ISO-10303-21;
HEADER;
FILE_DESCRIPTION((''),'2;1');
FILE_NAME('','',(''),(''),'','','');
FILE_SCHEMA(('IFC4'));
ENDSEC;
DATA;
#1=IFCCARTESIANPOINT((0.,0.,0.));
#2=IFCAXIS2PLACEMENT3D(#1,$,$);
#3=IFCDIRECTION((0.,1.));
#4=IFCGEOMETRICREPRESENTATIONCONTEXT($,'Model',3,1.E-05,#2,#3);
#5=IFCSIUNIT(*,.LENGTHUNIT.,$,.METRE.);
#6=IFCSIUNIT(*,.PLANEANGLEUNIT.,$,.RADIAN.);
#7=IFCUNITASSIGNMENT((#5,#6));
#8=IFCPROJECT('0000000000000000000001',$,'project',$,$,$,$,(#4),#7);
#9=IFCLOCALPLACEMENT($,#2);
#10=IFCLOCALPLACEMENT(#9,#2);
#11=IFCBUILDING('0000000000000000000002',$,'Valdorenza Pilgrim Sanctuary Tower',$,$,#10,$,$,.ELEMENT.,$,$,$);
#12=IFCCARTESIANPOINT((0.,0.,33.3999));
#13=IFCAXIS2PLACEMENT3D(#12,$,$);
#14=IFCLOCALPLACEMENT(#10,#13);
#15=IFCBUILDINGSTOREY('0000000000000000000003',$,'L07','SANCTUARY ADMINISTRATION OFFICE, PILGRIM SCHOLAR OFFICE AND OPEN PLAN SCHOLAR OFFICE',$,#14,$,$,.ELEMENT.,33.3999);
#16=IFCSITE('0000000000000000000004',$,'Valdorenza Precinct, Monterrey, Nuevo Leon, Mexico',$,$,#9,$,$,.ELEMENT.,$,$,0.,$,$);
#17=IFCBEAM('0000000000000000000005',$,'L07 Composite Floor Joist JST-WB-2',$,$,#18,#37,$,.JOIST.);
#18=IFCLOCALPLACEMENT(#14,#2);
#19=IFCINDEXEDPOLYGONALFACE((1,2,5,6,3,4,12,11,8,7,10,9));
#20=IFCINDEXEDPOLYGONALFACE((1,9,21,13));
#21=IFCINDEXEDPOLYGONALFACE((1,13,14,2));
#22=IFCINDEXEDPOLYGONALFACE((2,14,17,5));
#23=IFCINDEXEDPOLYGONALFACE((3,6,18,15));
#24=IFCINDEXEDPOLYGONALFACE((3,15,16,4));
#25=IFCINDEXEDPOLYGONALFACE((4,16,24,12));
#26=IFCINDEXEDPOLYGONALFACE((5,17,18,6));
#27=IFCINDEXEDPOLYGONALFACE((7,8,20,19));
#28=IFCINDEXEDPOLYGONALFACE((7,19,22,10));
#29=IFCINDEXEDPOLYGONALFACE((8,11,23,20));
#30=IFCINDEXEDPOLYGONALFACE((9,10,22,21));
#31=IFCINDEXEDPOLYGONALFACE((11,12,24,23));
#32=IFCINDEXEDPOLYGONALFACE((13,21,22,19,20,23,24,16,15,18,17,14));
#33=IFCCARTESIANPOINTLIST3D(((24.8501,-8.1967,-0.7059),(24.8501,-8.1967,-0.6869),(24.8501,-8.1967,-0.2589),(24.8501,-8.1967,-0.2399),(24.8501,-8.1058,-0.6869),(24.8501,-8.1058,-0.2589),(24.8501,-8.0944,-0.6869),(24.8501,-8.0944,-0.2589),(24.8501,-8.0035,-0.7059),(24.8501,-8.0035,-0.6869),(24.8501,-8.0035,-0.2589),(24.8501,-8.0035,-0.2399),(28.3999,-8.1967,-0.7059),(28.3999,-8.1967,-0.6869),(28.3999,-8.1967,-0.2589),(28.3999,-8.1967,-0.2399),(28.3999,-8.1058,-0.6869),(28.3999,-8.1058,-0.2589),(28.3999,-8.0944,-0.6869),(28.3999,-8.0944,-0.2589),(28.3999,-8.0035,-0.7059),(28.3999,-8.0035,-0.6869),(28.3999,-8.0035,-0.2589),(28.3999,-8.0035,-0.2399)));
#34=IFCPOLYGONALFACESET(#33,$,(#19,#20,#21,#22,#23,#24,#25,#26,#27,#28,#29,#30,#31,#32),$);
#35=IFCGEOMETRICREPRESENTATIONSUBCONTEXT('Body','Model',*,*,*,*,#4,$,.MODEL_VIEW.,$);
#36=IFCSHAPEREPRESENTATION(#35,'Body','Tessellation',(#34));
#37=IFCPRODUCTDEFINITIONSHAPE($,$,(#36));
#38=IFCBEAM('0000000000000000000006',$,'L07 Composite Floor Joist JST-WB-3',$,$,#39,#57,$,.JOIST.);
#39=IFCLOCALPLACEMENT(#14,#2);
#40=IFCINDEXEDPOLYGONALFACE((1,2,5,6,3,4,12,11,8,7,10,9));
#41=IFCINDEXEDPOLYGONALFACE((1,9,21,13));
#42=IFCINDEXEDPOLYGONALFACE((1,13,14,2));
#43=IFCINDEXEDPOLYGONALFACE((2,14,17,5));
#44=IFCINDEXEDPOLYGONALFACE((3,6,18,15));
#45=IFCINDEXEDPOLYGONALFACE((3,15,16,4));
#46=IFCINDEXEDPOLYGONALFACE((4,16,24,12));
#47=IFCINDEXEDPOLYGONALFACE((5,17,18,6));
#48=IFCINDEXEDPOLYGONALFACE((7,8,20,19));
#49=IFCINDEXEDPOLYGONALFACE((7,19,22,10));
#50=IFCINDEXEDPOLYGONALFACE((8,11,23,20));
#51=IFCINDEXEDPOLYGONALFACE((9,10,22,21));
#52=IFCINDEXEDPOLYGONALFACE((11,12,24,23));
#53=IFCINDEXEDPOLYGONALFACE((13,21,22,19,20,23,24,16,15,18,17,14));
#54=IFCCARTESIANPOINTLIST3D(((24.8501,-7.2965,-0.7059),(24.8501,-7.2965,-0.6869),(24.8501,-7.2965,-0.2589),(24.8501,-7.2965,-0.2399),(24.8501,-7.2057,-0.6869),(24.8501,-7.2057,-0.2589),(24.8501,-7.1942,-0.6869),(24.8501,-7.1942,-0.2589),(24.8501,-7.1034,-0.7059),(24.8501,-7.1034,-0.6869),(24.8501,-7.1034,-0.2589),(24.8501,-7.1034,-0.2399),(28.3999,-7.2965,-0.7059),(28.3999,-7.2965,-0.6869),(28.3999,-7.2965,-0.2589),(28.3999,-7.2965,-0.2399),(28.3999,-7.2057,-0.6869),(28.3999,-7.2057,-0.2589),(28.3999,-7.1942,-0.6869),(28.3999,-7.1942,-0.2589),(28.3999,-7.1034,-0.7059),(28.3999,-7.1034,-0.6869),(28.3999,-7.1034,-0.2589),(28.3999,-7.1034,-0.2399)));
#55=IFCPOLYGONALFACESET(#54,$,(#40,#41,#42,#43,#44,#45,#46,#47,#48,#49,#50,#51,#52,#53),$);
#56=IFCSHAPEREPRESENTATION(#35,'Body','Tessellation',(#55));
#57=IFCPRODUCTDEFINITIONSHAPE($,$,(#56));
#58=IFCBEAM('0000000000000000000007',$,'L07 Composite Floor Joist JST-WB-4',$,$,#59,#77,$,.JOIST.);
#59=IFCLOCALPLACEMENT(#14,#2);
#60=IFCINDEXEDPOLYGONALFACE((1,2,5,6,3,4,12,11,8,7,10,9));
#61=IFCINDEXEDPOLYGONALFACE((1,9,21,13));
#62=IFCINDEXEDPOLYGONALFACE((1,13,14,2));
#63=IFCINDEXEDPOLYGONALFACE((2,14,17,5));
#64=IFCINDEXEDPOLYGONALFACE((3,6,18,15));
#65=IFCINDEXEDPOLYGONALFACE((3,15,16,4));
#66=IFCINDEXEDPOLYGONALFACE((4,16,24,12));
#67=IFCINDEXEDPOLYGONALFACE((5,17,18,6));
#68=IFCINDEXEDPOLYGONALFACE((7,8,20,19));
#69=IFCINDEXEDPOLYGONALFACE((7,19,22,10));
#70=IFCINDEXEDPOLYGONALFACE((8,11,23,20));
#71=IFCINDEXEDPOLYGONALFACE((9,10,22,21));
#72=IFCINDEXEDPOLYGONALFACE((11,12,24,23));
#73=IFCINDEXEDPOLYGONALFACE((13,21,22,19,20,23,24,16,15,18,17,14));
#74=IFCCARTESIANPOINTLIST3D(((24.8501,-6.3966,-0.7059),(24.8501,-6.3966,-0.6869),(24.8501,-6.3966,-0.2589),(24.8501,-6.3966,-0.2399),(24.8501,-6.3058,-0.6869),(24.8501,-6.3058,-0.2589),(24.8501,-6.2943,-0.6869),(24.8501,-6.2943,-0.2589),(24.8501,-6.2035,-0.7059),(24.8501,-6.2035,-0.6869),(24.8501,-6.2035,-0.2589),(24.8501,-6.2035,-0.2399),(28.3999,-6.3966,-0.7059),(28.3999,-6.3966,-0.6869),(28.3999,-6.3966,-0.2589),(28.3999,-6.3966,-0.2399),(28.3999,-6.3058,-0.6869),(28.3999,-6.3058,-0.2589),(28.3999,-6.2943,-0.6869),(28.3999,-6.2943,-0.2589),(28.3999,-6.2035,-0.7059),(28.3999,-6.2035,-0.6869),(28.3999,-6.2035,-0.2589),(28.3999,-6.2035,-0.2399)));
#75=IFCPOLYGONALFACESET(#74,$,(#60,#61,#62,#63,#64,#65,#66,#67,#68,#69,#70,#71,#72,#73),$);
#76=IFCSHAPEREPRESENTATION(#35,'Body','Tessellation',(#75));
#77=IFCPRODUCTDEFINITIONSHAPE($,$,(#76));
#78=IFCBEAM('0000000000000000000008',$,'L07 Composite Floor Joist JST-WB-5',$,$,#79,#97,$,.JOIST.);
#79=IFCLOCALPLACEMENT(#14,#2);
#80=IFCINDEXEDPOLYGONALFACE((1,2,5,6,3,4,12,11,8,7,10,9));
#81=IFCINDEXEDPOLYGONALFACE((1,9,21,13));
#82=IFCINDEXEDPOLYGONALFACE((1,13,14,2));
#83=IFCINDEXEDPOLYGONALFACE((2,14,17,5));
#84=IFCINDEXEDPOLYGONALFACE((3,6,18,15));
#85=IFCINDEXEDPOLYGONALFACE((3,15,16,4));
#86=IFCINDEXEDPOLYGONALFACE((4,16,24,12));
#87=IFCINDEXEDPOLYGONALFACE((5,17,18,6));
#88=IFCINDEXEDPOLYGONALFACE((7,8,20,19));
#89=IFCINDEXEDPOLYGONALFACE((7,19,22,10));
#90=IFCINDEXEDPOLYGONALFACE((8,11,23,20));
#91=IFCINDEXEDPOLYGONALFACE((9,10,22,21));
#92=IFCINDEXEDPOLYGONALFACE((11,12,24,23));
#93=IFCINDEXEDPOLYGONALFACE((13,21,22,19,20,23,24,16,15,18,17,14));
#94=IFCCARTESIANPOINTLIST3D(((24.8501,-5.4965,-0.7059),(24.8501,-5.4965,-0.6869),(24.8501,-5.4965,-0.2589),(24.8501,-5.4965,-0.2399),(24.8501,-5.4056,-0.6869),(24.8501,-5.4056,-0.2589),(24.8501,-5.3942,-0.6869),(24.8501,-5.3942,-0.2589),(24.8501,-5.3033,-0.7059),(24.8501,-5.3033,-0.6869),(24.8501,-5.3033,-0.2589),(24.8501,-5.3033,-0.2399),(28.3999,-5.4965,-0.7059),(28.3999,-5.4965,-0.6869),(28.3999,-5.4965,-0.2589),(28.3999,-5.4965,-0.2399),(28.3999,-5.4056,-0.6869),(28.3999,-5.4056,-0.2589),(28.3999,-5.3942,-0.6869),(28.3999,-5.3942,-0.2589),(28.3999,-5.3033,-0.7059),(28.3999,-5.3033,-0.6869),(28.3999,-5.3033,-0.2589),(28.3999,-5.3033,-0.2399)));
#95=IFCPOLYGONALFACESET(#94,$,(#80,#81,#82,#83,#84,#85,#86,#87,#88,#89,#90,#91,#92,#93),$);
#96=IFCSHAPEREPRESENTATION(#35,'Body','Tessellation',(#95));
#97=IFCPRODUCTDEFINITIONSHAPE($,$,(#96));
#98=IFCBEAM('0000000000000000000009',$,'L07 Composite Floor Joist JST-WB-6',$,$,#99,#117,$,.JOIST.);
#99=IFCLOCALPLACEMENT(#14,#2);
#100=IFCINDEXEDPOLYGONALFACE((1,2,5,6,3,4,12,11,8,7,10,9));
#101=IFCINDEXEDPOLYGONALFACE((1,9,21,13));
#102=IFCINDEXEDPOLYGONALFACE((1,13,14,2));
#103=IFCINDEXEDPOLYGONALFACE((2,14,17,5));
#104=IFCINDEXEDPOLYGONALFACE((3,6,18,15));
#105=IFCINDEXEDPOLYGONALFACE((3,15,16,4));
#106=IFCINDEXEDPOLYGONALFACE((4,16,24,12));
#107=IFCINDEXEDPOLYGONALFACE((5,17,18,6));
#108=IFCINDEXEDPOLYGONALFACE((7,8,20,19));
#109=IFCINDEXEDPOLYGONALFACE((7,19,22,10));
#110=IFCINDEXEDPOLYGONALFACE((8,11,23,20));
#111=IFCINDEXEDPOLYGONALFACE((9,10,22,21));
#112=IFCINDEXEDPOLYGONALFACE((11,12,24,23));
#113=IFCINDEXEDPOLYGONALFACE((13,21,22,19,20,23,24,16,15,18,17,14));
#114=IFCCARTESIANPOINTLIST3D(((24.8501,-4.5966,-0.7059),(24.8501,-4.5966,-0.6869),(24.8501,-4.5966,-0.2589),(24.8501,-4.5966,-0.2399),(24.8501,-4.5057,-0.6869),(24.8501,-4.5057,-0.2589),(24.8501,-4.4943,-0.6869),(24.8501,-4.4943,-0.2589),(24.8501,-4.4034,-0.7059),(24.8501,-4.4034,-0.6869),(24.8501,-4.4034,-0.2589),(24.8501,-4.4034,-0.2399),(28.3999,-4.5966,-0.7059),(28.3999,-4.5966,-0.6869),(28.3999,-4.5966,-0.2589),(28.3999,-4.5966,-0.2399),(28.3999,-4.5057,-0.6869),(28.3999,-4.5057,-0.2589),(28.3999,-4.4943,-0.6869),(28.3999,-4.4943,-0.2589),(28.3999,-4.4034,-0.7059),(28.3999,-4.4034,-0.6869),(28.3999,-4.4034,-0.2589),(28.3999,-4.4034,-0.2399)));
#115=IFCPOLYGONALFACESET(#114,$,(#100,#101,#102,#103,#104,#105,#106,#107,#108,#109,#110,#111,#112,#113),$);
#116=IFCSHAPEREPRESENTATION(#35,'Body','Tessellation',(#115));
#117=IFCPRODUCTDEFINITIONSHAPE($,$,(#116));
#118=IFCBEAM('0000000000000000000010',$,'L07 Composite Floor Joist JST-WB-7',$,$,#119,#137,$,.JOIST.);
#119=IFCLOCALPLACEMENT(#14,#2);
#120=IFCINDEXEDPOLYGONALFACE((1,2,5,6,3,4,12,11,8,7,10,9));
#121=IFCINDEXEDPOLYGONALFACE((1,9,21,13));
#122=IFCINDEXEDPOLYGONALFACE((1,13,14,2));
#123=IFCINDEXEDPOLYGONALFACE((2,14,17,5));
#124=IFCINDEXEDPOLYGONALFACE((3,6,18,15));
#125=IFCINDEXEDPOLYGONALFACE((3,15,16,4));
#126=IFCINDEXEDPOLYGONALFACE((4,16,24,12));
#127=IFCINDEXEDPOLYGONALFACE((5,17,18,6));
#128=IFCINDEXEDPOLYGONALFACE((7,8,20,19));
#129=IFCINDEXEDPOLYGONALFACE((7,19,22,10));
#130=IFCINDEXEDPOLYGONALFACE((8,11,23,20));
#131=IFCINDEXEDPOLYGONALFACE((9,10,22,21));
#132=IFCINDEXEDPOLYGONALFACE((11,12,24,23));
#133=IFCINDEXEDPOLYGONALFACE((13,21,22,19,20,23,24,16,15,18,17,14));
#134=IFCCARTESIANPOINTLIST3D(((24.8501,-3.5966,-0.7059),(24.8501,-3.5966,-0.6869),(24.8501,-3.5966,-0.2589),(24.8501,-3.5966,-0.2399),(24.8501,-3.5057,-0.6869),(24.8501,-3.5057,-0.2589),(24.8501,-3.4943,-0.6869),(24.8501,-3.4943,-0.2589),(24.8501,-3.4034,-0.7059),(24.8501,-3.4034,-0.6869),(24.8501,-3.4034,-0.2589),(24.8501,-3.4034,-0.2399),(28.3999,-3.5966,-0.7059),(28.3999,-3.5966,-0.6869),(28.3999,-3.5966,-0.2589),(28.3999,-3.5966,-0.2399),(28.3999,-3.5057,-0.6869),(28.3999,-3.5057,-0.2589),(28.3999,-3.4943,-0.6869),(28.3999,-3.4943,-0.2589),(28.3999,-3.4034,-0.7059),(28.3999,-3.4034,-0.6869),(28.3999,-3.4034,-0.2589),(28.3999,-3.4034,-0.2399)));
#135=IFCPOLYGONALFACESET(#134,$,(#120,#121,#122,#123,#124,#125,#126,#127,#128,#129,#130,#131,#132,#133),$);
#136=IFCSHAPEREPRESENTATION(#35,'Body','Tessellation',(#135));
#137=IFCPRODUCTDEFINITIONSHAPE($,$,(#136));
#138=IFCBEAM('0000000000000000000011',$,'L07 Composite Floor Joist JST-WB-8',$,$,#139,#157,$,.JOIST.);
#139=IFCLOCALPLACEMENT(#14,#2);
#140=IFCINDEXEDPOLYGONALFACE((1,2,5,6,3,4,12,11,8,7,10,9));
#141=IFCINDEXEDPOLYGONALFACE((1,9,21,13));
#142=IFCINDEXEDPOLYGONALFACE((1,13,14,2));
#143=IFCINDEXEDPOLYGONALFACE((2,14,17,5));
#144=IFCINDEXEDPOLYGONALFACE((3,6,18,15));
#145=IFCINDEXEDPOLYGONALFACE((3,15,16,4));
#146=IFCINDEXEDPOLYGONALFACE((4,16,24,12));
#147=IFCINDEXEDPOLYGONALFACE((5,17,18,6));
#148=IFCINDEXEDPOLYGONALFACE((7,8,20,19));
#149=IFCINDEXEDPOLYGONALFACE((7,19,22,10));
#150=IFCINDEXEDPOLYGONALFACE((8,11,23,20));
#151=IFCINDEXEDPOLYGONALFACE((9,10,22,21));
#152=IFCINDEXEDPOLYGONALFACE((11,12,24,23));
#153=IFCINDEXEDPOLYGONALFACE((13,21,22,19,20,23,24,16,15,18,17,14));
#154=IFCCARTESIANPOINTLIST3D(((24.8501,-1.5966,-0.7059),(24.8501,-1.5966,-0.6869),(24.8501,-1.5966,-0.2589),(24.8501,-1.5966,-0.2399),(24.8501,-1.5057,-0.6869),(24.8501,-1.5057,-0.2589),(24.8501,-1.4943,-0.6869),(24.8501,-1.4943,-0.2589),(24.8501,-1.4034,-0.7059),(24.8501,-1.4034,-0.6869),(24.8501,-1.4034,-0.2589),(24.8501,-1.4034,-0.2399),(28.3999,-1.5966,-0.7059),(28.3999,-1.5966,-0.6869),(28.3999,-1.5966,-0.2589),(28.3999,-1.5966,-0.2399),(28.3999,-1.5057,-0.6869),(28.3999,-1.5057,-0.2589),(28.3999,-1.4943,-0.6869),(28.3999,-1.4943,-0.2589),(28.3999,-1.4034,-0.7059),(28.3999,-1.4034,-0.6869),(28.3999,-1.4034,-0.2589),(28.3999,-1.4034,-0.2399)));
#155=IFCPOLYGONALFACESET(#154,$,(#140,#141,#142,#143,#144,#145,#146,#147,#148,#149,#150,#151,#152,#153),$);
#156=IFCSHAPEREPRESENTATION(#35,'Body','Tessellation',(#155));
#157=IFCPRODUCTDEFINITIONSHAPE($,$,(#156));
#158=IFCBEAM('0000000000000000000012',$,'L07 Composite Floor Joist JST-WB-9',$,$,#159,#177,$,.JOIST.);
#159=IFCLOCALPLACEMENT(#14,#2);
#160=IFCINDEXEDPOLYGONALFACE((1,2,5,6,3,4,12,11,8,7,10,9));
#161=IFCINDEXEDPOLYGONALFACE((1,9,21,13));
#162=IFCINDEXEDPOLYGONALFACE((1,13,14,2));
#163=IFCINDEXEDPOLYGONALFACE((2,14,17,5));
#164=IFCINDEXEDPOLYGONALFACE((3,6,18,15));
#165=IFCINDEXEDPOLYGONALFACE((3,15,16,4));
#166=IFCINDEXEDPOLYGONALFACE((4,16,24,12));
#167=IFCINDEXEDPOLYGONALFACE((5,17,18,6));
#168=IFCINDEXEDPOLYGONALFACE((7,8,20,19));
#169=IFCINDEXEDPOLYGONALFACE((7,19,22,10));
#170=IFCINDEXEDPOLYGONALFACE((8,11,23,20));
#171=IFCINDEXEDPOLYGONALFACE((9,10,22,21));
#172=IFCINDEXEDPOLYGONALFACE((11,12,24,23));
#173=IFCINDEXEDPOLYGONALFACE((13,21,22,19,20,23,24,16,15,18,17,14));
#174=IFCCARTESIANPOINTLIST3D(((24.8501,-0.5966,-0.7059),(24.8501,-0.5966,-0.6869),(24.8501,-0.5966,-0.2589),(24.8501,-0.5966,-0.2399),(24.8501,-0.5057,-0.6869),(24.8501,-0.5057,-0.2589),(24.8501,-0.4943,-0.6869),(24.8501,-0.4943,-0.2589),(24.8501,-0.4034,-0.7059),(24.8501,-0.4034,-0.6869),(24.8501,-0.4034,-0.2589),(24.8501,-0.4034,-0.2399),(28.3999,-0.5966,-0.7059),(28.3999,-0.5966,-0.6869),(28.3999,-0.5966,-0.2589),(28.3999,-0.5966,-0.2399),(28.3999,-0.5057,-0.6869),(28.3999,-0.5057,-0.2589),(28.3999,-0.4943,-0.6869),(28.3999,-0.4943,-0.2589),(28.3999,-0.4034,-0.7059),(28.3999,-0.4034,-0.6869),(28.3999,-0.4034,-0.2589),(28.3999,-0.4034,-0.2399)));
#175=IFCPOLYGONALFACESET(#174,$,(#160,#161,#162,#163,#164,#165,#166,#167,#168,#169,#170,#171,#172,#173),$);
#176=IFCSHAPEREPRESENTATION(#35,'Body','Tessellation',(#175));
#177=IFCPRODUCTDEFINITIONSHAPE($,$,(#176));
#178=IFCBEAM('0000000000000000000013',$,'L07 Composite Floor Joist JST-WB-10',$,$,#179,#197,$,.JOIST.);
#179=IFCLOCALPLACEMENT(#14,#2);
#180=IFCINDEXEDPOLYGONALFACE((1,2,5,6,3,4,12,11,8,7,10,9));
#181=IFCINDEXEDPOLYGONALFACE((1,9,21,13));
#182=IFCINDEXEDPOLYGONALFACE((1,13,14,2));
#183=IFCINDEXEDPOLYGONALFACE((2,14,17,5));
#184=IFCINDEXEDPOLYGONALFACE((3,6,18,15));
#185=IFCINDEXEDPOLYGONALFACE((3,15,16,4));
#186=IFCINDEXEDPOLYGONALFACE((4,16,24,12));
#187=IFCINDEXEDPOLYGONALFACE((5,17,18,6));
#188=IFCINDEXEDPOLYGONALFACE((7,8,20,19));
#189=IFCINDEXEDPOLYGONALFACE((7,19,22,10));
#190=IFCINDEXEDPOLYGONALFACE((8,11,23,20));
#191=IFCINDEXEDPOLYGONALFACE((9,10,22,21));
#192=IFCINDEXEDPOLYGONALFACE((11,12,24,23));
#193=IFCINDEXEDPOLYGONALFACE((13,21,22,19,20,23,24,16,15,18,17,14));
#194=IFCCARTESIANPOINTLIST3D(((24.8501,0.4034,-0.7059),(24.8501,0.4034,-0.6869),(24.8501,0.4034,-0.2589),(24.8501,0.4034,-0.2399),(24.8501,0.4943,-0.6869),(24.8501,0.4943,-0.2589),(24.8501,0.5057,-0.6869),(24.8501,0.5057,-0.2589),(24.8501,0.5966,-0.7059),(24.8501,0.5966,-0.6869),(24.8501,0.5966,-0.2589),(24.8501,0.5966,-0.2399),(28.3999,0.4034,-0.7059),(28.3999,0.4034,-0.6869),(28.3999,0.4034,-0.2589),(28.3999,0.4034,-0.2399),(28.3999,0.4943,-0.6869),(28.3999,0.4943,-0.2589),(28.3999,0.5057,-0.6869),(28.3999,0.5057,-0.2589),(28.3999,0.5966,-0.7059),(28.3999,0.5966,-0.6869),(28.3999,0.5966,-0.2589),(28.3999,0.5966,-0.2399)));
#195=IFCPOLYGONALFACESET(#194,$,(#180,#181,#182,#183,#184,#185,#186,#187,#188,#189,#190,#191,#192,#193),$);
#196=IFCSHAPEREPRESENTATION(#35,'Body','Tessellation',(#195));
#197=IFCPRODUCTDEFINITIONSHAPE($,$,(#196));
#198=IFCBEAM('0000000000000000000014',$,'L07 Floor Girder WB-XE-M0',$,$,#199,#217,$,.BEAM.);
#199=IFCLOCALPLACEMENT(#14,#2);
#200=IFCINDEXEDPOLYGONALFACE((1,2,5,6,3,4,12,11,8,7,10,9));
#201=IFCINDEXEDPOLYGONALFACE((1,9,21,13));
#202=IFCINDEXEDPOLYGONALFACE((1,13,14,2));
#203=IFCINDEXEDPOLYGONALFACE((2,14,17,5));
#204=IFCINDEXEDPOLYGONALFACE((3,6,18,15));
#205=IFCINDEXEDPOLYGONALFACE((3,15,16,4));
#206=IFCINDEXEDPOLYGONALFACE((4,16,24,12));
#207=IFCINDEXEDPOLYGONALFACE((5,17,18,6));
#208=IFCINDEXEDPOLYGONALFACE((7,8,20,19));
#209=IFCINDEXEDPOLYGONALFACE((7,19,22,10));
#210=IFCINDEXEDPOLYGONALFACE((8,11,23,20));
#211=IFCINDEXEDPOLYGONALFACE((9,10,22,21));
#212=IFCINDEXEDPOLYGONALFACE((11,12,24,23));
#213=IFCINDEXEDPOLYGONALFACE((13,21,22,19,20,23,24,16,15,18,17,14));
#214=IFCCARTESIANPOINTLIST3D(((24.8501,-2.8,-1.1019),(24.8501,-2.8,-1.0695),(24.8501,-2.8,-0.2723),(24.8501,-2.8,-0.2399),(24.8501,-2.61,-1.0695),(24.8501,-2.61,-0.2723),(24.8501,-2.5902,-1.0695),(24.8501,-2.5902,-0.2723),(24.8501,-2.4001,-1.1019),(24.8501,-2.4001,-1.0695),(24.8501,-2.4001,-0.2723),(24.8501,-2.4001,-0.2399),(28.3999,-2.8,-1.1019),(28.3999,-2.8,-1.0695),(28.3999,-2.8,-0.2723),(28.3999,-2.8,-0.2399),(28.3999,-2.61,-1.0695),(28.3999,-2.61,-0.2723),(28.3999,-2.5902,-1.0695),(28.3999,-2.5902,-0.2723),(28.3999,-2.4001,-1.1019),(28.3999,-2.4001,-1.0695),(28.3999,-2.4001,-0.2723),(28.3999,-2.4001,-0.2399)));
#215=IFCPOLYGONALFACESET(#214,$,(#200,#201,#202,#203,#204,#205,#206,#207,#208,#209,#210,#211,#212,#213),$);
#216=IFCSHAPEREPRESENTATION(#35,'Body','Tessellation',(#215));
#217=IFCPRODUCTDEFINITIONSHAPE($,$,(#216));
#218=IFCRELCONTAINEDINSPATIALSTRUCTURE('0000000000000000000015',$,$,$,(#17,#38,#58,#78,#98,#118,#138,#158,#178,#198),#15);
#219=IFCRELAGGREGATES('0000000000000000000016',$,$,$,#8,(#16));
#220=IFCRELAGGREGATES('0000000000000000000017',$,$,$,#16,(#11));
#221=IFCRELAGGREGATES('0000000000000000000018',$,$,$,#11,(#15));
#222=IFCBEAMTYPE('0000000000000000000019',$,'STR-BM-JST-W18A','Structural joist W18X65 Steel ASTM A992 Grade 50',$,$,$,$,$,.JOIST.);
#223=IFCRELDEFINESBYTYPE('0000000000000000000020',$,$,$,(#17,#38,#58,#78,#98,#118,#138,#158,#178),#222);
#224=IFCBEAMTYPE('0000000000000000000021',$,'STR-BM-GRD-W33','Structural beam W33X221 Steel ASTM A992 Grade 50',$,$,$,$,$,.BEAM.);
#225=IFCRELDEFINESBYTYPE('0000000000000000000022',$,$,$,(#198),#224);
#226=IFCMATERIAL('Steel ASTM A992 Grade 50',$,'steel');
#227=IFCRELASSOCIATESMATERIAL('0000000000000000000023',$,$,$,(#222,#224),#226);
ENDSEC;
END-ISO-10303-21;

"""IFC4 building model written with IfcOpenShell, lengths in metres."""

from ifc_helpers import new_model, si_unit, direction, frame, origin, origin_2d, place, context, subcontext, project, spatial, i_section, extrude, source, transform, mapped, material, material_profile, profile_set, type_object, element, save


model = new_model("IFC4")

# Units and contexts
model_context = context("Model", 3, precision=1e-05, world=origin(), true_north=direction((0.0, 1.0)))
body_context = subcontext(model_context, "Body", "Model", "MODEL_VIEW")
ifc_project = project(units=[si_unit("LENGTHUNIT", "METRE"), si_unit("PLANEANGLEUNIT", "RADIAN")], contexts=[model_context])

# Site, building, storey
site_placement = place(None, origin())
site = spatial("IfcSite", under=ifc_project, at=site_placement, Name="Valdorenza Precinct, Monterrey, Nuevo Leon, Mexico", CompositionType="ELEMENT", RefElevation=0.0)
building_placement = place(site_placement, origin())
building = spatial("IfcBuilding", under=site, at=building_placement, Name="Valdorenza Pilgrim Sanctuary Tower", CompositionType="ELEMENT")
storey_placement = place(building_placement, frame((0.0, 0.0, 33.3999)))
storey = spatial("IfcBuildingStorey", under=building, at=storey_placement, Name="L07", Description="SANCTUARY ADMINISTRATION OFFICE, PILGRIM SCHOLAR OFFICE AND OPEN PLAN SCHOLAR OFFICE", CompositionType="ELEMENT", Elevation=33.3999)

# Beams
ifc_material_1 = material(Name="Steel ASTM A992 Grade 50", Category="steel")
ifc_material_profile_1 = material_profile(ifc_material_1, i_section(OverallWidth=0.1931, OverallDepth=0.4661, WebThickness=0.0115, FlangeThickness=0.019, at=origin_2d()), Name="W18X65")
ifc_profile_set_1 = profile_set([ifc_material_profile_1], Name="Steel ASTM A992 Grade 50")
beam_type_1 = type_object("IfcBeamType", Name="STR-BM-JST-W18A", Description="Structural joist W18X65 Steel ASTM A992 Grade 50", PredefinedType="JOIST", material=ifc_profile_set_1)
shared_shape_1 = source(origin(), body_context, "Body", "SweptSolid", [
    extrude(i_section(OverallWidth=0.1931, OverallDepth=0.4661, WebThickness=0.0115, FlangeThickness=0.019, at=origin_2d()), origin(), (0.0, 0.0, 1.0), 3.5498),
])
for number, where, z_axis, x_axis, name in (
    (1, (24.8501, -8.1001, -0.4729), (1.0, 0.0, 0.0), (0.0, 1.0, 0.0), "L07 Composite Floor Joist JST-WB-2"),
    (2, (24.8501, -7.2, -0.4729), (1.0, 0.0, 0.0), (0.0, 1.0, 0.0), "L07 Composite Floor Joist JST-WB-3"),
    (3, (24.8501, -6.3, -0.4729), (1.0, 0.0, 0.0), (0.0, 1.0, 0.0), "L07 Composite Floor Joist JST-WB-4"),
    (4, (24.8501, -5.3999, -0.4729), (1.0, 0.0, 0.0), (0.0, 1.0, 0.0), "L07 Composite Floor Joist JST-WB-5"),
    (5, (24.8501, -4.5, -0.4729), (1.0, 0.0, 0.0), (0.0, 1.0, 0.0), "L07 Composite Floor Joist JST-WB-6"),
    (6, (24.8501, -3.5, -0.4729), (1.0, 0.0, 0.0), (0.0, 1.0, 0.0), "L07 Composite Floor Joist JST-WB-7"),
    (7, (24.8501, -1.5, -0.4729), (1.0, 0.0, 0.0), (0.0, 1.0, 0.0), "L07 Composite Floor Joist JST-WB-8"),
    (8, (24.8501, -0.5, -0.4729), (1.0, 0.0, 0.0), (0.0, 1.0, 0.0), "L07 Composite Floor Joist JST-WB-9"),
    (9, (24.8501, 0.5, -0.4729), (1.0, 0.0, 0.0), (0.0, 1.0, 0.0), "L07 Composite Floor Joist JST-WB-10"),
):
    element("IfcBeam", number, at=place(storey_placement, frame(where, z_axis=z_axis, x_axis=x_axis)), inside=storey, type_object=beam_type_1, Name=name, PredefinedType="JOIST", context=body_context, shape_type="MappedRepresentation", body=[
        mapped(shared_shape_1, transform((0.0, 0.0, 0.0), x_axis=(1.0, 0.0, 0.0), y_axis=(0.0, 1.0, 0.0), z_axis=(0.0, 0.0, 1.0), scale=1.0)),
    ])
ifc_material_profile_2 = material_profile(ifc_material_1, i_section(OverallWidth=0.3999, OverallDepth=0.8621, WebThickness=0.0198, FlangeThickness=0.0325, at=origin_2d()), Name="W33X221")
ifc_profile_set_2 = profile_set([ifc_material_profile_2], Name="Steel ASTM A992 Grade 50")
beam_type_2 = type_object("IfcBeamType", Name="STR-BM-GRD-W33", Description="Structural beam W33X221 Steel ASTM A992 Grade 50", PredefinedType="BEAM", material=ifc_profile_set_2)
shared_shape_2 = source(origin(), body_context, "Body", "SweptSolid", [
    extrude(i_section(OverallWidth=0.3999, OverallDepth=0.8621, WebThickness=0.0198, FlangeThickness=0.0325, at=origin_2d()), origin(), (0.0, 0.0, 1.0), 3.5498),
])
beam_1_placement = place(storey_placement, frame((24.8501, -2.6001, -0.6709), z_axis=(1.0, 0.0, 0.0), x_axis=(0.0, 1.0, 0.0)))
element("IfcBeam", 10, at=beam_1_placement, inside=storey, type_object=beam_type_2, Name="L07 Floor Girder WB-XE-M0", PredefinedType="BEAM", context=body_context, shape_type="MappedRepresentation", body=[
    mapped(shared_shape_2, transform((0.0, 0.0, 0.0), x_axis=(1.0, 0.0, 0.0), y_axis=(0.0, 1.0, 0.0), z_axis=(0.0, 0.0, 1.0), scale=1.0)),
])

save(model, "model.ifc")
